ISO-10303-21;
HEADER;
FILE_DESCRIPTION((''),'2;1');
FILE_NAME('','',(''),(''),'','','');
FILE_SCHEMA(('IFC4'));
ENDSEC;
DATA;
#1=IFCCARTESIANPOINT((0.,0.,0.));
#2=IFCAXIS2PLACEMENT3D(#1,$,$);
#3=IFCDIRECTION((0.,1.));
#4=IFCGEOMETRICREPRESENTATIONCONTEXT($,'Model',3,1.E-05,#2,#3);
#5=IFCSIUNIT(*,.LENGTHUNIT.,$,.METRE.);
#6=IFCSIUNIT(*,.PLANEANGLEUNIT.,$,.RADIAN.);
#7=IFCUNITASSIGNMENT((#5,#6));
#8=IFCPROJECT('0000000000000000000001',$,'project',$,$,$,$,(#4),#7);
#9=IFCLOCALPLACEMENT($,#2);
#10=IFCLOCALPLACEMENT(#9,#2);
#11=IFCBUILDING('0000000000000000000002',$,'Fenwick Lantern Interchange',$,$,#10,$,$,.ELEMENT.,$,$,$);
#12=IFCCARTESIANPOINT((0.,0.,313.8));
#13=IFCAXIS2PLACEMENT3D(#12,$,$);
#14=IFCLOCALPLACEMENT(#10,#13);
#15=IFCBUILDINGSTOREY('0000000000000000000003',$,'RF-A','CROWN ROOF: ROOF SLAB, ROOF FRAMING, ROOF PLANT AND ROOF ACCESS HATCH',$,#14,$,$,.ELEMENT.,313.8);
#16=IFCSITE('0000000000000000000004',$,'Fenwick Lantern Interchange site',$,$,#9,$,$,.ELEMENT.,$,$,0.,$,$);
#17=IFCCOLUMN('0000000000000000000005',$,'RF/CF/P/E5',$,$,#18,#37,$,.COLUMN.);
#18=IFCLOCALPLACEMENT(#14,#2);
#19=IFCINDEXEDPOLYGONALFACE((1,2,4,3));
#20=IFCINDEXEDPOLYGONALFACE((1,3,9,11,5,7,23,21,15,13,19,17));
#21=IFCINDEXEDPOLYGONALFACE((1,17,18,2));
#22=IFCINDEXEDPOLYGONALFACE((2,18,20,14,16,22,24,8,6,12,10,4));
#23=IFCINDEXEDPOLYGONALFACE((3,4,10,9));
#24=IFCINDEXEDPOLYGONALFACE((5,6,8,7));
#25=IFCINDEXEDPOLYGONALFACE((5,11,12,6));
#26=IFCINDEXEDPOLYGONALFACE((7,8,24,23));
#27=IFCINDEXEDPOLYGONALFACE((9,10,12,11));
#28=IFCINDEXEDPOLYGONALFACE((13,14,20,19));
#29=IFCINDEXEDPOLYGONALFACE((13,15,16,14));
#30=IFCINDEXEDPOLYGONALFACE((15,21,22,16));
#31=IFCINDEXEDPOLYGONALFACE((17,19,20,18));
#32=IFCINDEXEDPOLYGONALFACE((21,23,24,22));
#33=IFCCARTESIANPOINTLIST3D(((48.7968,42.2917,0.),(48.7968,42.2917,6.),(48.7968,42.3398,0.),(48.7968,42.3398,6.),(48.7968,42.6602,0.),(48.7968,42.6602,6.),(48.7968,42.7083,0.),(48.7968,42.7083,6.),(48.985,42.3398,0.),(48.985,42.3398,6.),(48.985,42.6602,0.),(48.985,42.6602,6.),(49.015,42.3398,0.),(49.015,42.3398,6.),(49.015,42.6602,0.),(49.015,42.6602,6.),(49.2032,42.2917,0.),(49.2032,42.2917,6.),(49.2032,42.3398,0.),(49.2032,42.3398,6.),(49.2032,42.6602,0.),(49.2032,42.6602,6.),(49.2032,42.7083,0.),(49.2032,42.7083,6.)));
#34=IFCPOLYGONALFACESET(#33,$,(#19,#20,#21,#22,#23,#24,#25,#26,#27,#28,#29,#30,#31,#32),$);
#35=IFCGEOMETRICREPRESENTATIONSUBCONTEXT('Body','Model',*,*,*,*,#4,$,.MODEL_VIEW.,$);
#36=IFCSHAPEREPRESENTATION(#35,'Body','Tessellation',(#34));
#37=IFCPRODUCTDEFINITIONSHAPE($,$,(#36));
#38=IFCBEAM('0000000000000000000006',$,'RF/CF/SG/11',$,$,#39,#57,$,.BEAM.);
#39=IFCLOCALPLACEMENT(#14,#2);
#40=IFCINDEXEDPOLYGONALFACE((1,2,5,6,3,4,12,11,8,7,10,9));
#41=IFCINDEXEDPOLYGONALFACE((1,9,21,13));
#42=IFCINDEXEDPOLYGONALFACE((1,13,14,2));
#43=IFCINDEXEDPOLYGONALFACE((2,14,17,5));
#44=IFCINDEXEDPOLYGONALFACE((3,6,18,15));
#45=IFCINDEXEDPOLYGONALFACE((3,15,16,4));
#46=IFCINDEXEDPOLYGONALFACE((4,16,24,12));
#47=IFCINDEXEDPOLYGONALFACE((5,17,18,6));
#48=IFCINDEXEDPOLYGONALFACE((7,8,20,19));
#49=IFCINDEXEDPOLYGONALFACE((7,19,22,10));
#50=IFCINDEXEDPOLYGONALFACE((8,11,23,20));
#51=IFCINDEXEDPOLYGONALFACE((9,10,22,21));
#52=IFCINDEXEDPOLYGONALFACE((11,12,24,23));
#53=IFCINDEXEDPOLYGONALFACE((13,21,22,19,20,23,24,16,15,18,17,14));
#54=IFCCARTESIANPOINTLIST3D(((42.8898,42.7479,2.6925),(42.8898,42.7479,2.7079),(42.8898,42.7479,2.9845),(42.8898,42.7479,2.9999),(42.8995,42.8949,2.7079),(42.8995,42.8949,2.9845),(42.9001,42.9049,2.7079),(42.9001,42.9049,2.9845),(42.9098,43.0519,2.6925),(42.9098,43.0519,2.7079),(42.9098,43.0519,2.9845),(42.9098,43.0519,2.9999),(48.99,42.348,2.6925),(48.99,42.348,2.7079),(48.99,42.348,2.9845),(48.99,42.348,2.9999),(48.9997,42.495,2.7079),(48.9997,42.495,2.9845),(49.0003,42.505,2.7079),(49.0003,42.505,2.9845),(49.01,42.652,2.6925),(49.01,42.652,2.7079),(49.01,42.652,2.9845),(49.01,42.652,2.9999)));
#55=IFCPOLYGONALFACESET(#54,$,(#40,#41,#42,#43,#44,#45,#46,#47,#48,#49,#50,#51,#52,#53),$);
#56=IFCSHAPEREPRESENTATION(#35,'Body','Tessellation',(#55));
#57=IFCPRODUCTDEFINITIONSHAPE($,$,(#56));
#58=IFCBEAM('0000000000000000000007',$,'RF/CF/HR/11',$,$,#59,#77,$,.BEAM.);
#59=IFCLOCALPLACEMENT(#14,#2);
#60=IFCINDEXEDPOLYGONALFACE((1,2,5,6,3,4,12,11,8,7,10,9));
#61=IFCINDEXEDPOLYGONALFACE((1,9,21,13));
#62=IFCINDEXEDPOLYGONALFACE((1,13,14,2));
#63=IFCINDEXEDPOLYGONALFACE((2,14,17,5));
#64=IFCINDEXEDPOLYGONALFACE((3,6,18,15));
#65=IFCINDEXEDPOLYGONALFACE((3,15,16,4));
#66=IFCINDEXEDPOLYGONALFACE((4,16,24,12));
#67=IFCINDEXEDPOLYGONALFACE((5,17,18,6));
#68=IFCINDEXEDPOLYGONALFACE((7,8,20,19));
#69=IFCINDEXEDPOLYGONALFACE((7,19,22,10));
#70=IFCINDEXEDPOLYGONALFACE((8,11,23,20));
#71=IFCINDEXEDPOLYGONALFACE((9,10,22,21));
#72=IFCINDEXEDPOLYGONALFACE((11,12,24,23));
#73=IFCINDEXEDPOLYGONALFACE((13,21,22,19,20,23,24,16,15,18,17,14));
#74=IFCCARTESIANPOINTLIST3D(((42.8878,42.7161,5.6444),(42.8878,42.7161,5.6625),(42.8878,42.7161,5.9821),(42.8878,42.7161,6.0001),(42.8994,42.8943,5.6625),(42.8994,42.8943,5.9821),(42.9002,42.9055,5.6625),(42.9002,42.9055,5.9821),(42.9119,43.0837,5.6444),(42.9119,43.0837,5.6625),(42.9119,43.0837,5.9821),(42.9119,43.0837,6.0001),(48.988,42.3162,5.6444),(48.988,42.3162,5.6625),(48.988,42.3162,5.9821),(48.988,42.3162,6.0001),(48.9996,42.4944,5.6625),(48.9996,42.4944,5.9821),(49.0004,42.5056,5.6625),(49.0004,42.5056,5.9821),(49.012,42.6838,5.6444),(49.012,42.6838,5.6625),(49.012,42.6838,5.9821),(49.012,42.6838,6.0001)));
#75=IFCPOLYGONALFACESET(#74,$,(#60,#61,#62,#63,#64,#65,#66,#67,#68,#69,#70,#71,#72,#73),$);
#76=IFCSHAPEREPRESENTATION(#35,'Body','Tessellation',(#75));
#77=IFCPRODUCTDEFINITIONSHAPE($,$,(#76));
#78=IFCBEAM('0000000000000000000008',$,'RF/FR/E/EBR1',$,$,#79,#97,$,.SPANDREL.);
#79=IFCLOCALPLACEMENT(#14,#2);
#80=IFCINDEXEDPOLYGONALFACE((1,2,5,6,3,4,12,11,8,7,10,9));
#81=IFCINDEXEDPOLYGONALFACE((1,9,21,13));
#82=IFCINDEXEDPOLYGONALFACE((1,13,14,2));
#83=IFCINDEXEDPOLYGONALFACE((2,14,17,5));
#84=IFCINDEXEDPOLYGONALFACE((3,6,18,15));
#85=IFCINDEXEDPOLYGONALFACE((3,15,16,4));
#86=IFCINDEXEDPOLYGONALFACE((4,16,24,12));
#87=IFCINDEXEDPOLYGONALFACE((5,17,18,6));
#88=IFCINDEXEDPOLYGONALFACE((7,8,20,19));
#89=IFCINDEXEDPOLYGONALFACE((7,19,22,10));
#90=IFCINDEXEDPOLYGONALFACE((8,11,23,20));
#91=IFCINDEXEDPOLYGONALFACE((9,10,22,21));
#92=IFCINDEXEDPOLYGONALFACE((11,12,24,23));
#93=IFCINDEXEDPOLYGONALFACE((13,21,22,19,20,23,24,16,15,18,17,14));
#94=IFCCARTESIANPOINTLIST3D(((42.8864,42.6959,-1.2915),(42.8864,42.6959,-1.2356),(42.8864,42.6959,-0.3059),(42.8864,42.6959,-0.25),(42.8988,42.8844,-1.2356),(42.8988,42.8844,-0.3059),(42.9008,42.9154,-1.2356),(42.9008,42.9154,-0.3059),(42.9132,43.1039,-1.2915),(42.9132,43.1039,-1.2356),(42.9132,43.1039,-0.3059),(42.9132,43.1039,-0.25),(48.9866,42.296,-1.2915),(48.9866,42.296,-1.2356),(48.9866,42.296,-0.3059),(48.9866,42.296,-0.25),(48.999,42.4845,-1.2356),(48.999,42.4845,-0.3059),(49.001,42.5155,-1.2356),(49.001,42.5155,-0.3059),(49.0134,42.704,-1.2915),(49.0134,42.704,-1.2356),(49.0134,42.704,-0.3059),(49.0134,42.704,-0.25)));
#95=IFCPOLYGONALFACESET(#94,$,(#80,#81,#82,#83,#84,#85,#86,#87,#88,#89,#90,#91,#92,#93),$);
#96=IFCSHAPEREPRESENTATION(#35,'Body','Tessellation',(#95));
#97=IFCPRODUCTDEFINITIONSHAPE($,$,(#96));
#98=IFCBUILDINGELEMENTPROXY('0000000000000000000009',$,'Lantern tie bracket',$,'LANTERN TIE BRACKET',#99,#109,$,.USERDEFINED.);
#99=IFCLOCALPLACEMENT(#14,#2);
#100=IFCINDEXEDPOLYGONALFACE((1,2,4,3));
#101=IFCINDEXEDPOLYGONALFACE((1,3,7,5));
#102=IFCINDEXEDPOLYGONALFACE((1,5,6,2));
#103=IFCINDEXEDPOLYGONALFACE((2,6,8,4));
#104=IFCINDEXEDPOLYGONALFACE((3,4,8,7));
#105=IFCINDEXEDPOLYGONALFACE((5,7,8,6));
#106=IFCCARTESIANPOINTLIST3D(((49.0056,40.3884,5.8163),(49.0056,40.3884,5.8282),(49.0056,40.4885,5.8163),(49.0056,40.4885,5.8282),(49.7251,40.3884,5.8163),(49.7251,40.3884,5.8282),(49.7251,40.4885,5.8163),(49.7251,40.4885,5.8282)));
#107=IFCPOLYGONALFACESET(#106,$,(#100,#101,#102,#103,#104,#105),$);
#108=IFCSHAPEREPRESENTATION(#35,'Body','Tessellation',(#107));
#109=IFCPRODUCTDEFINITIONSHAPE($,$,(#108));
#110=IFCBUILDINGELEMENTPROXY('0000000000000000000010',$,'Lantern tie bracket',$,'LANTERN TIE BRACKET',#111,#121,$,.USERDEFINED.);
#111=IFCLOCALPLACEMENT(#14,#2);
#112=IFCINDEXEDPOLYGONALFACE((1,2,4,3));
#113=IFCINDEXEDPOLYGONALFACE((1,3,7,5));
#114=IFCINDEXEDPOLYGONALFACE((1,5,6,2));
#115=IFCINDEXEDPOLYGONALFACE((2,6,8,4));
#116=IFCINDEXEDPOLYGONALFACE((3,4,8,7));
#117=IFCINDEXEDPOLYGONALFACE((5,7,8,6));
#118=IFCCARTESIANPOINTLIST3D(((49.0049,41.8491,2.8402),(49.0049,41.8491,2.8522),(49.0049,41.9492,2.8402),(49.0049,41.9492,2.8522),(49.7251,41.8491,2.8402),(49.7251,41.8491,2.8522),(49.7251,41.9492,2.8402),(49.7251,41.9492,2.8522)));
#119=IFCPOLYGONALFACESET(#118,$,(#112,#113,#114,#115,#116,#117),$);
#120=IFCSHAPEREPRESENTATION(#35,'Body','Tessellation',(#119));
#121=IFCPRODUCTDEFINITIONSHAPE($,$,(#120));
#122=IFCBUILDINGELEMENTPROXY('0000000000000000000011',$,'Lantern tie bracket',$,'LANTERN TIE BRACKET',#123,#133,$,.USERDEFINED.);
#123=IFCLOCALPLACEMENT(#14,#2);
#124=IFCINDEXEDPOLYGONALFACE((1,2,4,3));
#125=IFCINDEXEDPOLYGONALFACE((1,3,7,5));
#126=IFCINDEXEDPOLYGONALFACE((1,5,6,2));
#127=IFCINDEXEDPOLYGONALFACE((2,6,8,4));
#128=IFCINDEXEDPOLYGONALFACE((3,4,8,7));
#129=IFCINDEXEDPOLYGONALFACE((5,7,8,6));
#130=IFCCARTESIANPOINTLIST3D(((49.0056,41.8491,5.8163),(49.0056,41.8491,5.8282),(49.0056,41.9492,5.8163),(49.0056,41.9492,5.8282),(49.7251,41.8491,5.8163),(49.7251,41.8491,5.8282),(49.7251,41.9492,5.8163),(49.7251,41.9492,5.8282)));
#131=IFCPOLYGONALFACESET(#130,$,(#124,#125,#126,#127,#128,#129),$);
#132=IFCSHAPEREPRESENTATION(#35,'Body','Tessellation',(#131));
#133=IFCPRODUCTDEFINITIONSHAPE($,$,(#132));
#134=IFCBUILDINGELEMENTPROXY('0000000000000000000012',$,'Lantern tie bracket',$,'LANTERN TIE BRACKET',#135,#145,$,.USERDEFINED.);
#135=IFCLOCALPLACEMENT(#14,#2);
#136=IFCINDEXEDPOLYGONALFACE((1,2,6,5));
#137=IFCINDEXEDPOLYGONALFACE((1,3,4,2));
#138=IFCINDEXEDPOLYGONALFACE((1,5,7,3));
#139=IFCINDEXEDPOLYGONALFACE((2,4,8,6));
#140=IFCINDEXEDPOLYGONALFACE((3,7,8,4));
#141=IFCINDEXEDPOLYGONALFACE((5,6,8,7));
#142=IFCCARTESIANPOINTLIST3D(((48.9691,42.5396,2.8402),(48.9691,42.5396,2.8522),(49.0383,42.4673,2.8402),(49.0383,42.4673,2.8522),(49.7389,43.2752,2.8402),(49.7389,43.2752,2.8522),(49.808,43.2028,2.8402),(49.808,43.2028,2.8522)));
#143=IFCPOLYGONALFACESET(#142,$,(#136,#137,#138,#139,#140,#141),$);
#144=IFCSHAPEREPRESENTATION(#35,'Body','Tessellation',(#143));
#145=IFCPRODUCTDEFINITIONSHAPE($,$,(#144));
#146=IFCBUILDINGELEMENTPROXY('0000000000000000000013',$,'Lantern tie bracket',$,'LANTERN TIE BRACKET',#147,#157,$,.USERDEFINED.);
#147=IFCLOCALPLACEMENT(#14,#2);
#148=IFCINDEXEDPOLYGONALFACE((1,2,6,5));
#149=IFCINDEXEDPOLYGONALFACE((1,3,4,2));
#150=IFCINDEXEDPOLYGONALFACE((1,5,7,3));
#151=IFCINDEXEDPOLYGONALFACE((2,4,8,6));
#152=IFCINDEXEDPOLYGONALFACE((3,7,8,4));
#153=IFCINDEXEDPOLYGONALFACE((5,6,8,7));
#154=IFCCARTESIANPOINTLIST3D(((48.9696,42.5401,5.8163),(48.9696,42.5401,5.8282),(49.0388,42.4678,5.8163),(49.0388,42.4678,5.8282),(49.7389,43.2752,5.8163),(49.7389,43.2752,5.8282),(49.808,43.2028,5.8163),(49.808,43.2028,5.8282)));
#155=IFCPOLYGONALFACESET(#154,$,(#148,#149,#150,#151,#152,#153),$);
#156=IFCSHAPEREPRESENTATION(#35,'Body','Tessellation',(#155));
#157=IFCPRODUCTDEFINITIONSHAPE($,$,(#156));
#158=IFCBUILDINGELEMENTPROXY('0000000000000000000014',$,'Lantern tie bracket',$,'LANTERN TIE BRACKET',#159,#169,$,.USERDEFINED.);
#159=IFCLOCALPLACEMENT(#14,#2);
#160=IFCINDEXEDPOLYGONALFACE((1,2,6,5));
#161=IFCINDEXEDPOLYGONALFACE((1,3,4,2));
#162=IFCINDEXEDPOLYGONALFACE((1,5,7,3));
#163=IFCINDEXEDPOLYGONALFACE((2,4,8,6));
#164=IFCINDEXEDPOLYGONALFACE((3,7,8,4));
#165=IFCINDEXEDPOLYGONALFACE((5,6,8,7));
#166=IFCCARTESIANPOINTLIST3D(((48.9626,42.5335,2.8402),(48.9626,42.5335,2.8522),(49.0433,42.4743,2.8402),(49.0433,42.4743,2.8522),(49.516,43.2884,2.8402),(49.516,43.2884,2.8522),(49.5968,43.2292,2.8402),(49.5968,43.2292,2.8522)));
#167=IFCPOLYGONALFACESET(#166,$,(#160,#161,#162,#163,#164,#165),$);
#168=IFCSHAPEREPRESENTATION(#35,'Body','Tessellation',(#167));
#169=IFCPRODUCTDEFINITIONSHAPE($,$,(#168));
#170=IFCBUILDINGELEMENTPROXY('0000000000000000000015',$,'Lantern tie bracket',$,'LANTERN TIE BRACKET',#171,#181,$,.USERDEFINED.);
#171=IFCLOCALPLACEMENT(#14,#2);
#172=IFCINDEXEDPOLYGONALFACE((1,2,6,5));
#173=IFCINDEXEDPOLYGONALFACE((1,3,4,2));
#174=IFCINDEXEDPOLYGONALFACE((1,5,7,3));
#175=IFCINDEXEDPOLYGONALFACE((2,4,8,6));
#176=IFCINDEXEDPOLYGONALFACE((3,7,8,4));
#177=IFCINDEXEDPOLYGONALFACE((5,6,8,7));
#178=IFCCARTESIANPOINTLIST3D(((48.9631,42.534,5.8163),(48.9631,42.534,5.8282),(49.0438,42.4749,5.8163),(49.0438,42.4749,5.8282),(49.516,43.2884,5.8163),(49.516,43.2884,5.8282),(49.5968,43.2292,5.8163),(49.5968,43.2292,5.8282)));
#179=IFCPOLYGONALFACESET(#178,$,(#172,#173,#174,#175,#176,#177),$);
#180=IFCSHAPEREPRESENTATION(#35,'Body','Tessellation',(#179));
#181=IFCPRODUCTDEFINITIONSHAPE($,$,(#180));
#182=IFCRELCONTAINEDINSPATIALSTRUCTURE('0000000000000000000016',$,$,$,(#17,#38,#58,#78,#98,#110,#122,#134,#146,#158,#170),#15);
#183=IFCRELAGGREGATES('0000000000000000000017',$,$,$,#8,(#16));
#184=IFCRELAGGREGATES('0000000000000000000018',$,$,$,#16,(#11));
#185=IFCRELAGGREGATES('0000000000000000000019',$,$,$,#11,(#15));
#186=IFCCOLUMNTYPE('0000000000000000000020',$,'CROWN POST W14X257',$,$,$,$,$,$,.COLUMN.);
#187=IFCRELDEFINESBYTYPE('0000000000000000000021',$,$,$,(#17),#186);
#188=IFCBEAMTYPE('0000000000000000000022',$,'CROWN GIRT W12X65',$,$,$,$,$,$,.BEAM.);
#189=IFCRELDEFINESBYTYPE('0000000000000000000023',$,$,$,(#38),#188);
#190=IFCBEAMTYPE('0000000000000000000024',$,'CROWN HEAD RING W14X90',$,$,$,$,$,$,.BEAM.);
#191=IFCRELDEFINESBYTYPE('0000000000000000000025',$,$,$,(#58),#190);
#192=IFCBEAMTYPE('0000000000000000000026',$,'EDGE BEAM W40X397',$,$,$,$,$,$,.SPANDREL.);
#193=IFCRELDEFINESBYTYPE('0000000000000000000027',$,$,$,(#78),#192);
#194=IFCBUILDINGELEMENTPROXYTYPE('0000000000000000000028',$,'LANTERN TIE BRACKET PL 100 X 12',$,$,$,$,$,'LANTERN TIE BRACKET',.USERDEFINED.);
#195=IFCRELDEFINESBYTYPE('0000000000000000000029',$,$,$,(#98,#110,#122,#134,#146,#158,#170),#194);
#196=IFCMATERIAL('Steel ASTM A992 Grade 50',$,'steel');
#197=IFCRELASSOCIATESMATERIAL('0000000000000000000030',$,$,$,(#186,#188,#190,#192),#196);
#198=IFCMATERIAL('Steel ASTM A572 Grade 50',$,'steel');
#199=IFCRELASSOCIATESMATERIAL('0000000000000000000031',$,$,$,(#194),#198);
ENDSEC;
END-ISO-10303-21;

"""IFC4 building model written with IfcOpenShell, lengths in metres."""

from ifc_helpers import new_model, si_unit, direction, frame, origin, origin_2d, place, context, subcontext, project, spatial, rectangle, i_section, extrude, material, material_profile, profile_set, type_object, element, save


model = new_model("IFC4")

# Units and contexts
model_context = context("Model", 3, precision=1e-05, world=origin(), true_north=direction((0.0, 1.0)))
body_context = subcontext(model_context, "Body", "Model", "MODEL_VIEW")
ifc_project = project(units=[si_unit("LENGTHUNIT", "METRE"), si_unit("PLANEANGLEUNIT", "RADIAN")], contexts=[model_context])

# Site, building, storey
site_placement = place(None, origin())
site = spatial("IfcSite", under=ifc_project, at=site_placement, Name="Fenwick Lantern Interchange site", CompositionType="ELEMENT", RefElevation=0.0)
building_placement = place(site_placement, origin())
building = spatial("IfcBuilding", under=site, at=building_placement, Name="Fenwick Lantern Interchange", CompositionType="ELEMENT")
storey_placement = place(building_placement, frame((0.0, 0.0, 313.8)))
storey = spatial("IfcBuildingStorey", under=building, at=storey_placement, Name="RF-A", Description="CROWN ROOF: ROOF SLAB, ROOF FRAMING, ROOF PLANT AND ROOF ACCESS HATCH", CompositionType="ELEMENT", Elevation=313.8)

# Column
ifc_material_1 = material(Name="Steel ASTM A992 Grade 50", Category="steel")
ifc_material_profile_1 = material_profile(ifc_material_1, i_section(OverallWidth=0.4065, OverallDepth=0.4165, WebThickness=0.03, FlangeThickness=0.0481, at=origin_2d()), Name="W14X257")
ifc_profile_set_1 = profile_set([ifc_material_profile_1], Name="Steel ASTM A992 Grade 50")
column_type = type_object("IfcColumnType", Name="CROWN POST W14X257", PredefinedType="COLUMN", material=ifc_profile_set_1)
column_placement = place(storey_placement, frame((49.0, 42.5, 0.0), z_axis=(0.0, 0.0, 1.0), x_axis=(1.0, 0.0, 0.0)))
element("IfcColumn", 1, at=column_placement, inside=storey, type_object=column_type, Name="RF/CF/P/E5", PredefinedType="COLUMN", context=body_context, shape_type="SweptSolid", body=[
    extrude(i_section(OverallWidth=0.4065, OverallDepth=0.4165, WebThickness=0.03, FlangeThickness=0.0481, at=origin_2d()), origin(), (0.0, 0.0, 1.0), 6.0),
])

# Beams
ifc_material_profile_2 = material_profile(ifc_material_1, i_section(OverallWidth=0.3047, OverallDepth=0.3074, WebThickness=0.01, FlangeThickness=0.0154, at=origin_2d()), Name="W12X65")
ifc_profile_set_2 = profile_set([ifc_material_profile_2], Name="Steel ASTM A992 Grade 50")
beam_type_1 = type_object("IfcBeamType", Name="CROWN GIRT W12X65", PredefinedType="BEAM", material=ifc_profile_set_2)
beam_1_placement = place(storey_placement, frame((49.0, 42.5, 2.8462), z_axis=(-0.997858, 0.065416, 0.0), x_axis=(-0.065416, -0.997858, 0.0)))
element("IfcBeam", 2, at=beam_1_placement, inside=storey, type_object=beam_type_1, Name="RF/CF/SG/11", PredefinedType="BEAM", context=body_context, shape_type="SweptSolid", body=[
    extrude(i_section(OverallWidth=0.3047, OverallDepth=0.3074, WebThickness=0.01, FlangeThickness=0.0154, at=origin_2d()), origin(), (0.0, 0.0, 1.0), 6.1133),
])
ifc_material_profile_3 = material_profile(ifc_material_1, i_section(OverallWidth=0.3684, OverallDepth=0.3557, WebThickness=0.0112, FlangeThickness=0.0181, at=origin_2d()), Name="W14X90")
ifc_profile_set_3 = profile_set([ifc_material_profile_3], Name="Steel ASTM A992 Grade 50")
beam_type_2 = type_object("IfcBeamType", Name="CROWN HEAD RING W14X90", PredefinedType="BEAM", material=ifc_profile_set_3)
beam_2_placement = place(storey_placement, frame((49.0, 42.5, 5.8223), z_axis=(-0.997858, 0.065416, 0.0), x_axis=(-0.065416, -0.997858, 0.0)))
element("IfcBeam", 3, at=beam_2_placement, inside=storey, type_object=beam_type_2, Name="RF/CF/HR/11", PredefinedType="BEAM", context=body_context, shape_type="SweptSolid", body=[
    extrude(i_section(OverallWidth=0.3684, OverallDepth=0.3557, WebThickness=0.0112, FlangeThickness=0.0181, at=origin_2d()), origin(), (0.0, 0.0, 1.0), 6.1133),
])
ifc_material_profile_4 = material_profile(ifc_material_1, i_section(OverallWidth=0.4089, OverallDepth=1.0415, WebThickness=0.031, FlangeThickness=0.0559, at=origin_2d()), Name="W40X397")
ifc_profile_set_4 = profile_set([ifc_material_profile_4], Name="Steel ASTM A992 Grade 50")
beam_type_3 = type_object("IfcBeamType", Name="EDGE BEAM W40X397", PredefinedType="SPANDREL", material=ifc_profile_set_4)
beam_3_placement = place(storey_placement, frame((49.0, 42.5, -0.7708), z_axis=(-0.997858, 0.065416, 0.0), x_axis=(-0.065416, -0.997858, 0.0)))
element("IfcBeam", 4, at=beam_3_placement, inside=storey, type_object=beam_type_3, Name="RF/FR/E/EBR1", PredefinedType="SPANDREL", context=body_context, shape_type="SweptSolid", body=[
    extrude(i_section(OverallWidth=0.4089, OverallDepth=1.0415, WebThickness=0.031, FlangeThickness=0.0559, at=origin_2d()), origin(), (0.0, 0.0, 1.0), 6.1133),
])

# Building element proxies
ifc_material_2 = material(Name="Steel ASTM A572 Grade 50", Category="steel")
ifc_material_profile_5 = material_profile(ifc_material_2, rectangle(XDim=0.1001, YDim=0.012, at=origin_2d()), Name="PL100X12")
ifc_profile_set_5 = profile_set([ifc_material_profile_5], Name="Steel ASTM A572 Grade 50")
building_element_proxy_type = type_object("IfcBuildingElementProxyType", Name="LANTERN TIE BRACKET PL 100 X 12", ElementType="LANTERN TIE BRACKET", PredefinedType="USERDEFINED", material=ifc_profile_set_5)
proxy_1_placement = place(storey_placement, frame((49.7251, 40.4385, 5.8223), z_axis=(-1.0, 0.0, 0.0), x_axis=(0.0, -1.0, 0.0)))
element("IfcBuildingElementProxy", 5, at=proxy_1_placement, inside=storey, type_object=building_element_proxy_type, Name="Lantern tie bracket", ObjectType="LANTERN TIE BRACKET", PredefinedType="USERDEFINED", context=body_context, shape_type="SweptSolid", body=[
    extrude(rectangle(XDim=0.1001, YDim=0.012, at=origin_2d()), origin(), (0.0, 0.0, 1.0), 0.7195),
])
proxy_2_placement = place(storey_placement, frame((49.7251, 41.8992, 2.8462), z_axis=(-1.0, 0.0, 0.0), x_axis=(0.0, -1.0, 0.0)))
element("IfcBuildingElementProxy", 6, at=proxy_2_placement, inside=storey, type_object=building_element_proxy_type, Name="Lantern tie bracket", ObjectType="LANTERN TIE BRACKET", PredefinedType="USERDEFINED", context=body_context, shape_type="SweptSolid", body=[
    extrude(rectangle(XDim=0.1001, YDim=0.012, at=origin_2d()), origin(), (0.0, 0.0, 1.0), 0.7202),
])
proxy_3_placement = place(storey_placement, frame((49.7251, 41.8992, 5.8223), z_axis=(-1.0, 0.0, 0.0), x_axis=(0.0, -1.0, 0.0)))
element("IfcBuildingElementProxy", 7, at=proxy_3_placement, inside=storey, type_object=building_element_proxy_type, Name="Lantern tie bracket", ObjectType="LANTERN TIE BRACKET", PredefinedType="USERDEFINED", context=body_context, shape_type="SweptSolid", body=[
    extrude(rectangle(XDim=0.1001, YDim=0.012, at=origin_2d()), origin(), (0.0, 0.0, 1.0), 0.7195),
])
proxy_4_placement = place(storey_placement, frame((49.7734, 43.239, 2.8462), z_axis=(-0.722975, -0.690874, 0.0), x_axis=(0.690874, -0.722975, 0.0)))
element("IfcBuildingElementProxy", 8, at=proxy_4_placement, inside=storey, type_object=building_element_proxy_type, Name="Lantern tie bracket", ObjectType="LANTERN TIE BRACKET", PredefinedType="USERDEFINED", context=body_context, shape_type="SweptSolid", body=[
    extrude(rectangle(XDim=0.1001, YDim=0.012, at=origin_2d()), origin(), (0.0, 0.0, 1.0), 1.0647),
])
proxy_5_placement = place(storey_placement, frame((49.7734, 43.239, 5.8223), z_axis=(-0.722986, -0.690863, 0.0), x_axis=(0.690863, -0.722986, 0.0)))
element("IfcBuildingElementProxy", 9, at=proxy_5_placement, inside=storey, type_object=building_element_proxy_type, Name="Lantern tie bracket", ObjectType="LANTERN TIE BRACKET", PredefinedType="USERDEFINED", context=body_context, shape_type="SweptSolid", body=[
    extrude(rectangle(XDim=0.1001, YDim=0.012, at=origin_2d()), origin(), (0.0, 0.0, 1.0), 1.064),
])
proxy_6_placement = place(storey_placement, frame((49.5564, 43.2588, 2.8462), z_axis=(-0.591285, -0.806463, 0.0), x_axis=(0.806463, -0.591285, 0.0)))
element("IfcBuildingElementProxy", 10, at=proxy_6_placement, inside=storey, type_object=building_element_proxy_type, Name="Lantern tie bracket", ObjectType="LANTERN TIE BRACKET", PredefinedType="USERDEFINED", context=body_context, shape_type="SweptSolid", body=[
    extrude(rectangle(XDim=0.1001, YDim=0.012, at=origin_2d()), origin(), (0.0, 0.0, 1.0), 0.936),
])
proxy_7_placement = place(storey_placement, frame((49.5564, 43.2588, 5.8223), z_axis=(-0.591194, -0.806529, 0.0), x_axis=(0.806529, -0.591194, 0.0)))
element("IfcBuildingElementProxy", 11, at=proxy_7_placement, inside=storey, type_object=building_element_proxy_type, Name="Lantern tie bracket", ObjectType="LANTERN TIE BRACKET", PredefinedType="USERDEFINED", context=body_context, shape_type="SweptSolid", body=[
    extrude(rectangle(XDim=0.1001, YDim=0.012, at=origin_2d()), origin(), (0.0, 0.0, 1.0), 0.9353),
])

save(model, "model.ifc")
